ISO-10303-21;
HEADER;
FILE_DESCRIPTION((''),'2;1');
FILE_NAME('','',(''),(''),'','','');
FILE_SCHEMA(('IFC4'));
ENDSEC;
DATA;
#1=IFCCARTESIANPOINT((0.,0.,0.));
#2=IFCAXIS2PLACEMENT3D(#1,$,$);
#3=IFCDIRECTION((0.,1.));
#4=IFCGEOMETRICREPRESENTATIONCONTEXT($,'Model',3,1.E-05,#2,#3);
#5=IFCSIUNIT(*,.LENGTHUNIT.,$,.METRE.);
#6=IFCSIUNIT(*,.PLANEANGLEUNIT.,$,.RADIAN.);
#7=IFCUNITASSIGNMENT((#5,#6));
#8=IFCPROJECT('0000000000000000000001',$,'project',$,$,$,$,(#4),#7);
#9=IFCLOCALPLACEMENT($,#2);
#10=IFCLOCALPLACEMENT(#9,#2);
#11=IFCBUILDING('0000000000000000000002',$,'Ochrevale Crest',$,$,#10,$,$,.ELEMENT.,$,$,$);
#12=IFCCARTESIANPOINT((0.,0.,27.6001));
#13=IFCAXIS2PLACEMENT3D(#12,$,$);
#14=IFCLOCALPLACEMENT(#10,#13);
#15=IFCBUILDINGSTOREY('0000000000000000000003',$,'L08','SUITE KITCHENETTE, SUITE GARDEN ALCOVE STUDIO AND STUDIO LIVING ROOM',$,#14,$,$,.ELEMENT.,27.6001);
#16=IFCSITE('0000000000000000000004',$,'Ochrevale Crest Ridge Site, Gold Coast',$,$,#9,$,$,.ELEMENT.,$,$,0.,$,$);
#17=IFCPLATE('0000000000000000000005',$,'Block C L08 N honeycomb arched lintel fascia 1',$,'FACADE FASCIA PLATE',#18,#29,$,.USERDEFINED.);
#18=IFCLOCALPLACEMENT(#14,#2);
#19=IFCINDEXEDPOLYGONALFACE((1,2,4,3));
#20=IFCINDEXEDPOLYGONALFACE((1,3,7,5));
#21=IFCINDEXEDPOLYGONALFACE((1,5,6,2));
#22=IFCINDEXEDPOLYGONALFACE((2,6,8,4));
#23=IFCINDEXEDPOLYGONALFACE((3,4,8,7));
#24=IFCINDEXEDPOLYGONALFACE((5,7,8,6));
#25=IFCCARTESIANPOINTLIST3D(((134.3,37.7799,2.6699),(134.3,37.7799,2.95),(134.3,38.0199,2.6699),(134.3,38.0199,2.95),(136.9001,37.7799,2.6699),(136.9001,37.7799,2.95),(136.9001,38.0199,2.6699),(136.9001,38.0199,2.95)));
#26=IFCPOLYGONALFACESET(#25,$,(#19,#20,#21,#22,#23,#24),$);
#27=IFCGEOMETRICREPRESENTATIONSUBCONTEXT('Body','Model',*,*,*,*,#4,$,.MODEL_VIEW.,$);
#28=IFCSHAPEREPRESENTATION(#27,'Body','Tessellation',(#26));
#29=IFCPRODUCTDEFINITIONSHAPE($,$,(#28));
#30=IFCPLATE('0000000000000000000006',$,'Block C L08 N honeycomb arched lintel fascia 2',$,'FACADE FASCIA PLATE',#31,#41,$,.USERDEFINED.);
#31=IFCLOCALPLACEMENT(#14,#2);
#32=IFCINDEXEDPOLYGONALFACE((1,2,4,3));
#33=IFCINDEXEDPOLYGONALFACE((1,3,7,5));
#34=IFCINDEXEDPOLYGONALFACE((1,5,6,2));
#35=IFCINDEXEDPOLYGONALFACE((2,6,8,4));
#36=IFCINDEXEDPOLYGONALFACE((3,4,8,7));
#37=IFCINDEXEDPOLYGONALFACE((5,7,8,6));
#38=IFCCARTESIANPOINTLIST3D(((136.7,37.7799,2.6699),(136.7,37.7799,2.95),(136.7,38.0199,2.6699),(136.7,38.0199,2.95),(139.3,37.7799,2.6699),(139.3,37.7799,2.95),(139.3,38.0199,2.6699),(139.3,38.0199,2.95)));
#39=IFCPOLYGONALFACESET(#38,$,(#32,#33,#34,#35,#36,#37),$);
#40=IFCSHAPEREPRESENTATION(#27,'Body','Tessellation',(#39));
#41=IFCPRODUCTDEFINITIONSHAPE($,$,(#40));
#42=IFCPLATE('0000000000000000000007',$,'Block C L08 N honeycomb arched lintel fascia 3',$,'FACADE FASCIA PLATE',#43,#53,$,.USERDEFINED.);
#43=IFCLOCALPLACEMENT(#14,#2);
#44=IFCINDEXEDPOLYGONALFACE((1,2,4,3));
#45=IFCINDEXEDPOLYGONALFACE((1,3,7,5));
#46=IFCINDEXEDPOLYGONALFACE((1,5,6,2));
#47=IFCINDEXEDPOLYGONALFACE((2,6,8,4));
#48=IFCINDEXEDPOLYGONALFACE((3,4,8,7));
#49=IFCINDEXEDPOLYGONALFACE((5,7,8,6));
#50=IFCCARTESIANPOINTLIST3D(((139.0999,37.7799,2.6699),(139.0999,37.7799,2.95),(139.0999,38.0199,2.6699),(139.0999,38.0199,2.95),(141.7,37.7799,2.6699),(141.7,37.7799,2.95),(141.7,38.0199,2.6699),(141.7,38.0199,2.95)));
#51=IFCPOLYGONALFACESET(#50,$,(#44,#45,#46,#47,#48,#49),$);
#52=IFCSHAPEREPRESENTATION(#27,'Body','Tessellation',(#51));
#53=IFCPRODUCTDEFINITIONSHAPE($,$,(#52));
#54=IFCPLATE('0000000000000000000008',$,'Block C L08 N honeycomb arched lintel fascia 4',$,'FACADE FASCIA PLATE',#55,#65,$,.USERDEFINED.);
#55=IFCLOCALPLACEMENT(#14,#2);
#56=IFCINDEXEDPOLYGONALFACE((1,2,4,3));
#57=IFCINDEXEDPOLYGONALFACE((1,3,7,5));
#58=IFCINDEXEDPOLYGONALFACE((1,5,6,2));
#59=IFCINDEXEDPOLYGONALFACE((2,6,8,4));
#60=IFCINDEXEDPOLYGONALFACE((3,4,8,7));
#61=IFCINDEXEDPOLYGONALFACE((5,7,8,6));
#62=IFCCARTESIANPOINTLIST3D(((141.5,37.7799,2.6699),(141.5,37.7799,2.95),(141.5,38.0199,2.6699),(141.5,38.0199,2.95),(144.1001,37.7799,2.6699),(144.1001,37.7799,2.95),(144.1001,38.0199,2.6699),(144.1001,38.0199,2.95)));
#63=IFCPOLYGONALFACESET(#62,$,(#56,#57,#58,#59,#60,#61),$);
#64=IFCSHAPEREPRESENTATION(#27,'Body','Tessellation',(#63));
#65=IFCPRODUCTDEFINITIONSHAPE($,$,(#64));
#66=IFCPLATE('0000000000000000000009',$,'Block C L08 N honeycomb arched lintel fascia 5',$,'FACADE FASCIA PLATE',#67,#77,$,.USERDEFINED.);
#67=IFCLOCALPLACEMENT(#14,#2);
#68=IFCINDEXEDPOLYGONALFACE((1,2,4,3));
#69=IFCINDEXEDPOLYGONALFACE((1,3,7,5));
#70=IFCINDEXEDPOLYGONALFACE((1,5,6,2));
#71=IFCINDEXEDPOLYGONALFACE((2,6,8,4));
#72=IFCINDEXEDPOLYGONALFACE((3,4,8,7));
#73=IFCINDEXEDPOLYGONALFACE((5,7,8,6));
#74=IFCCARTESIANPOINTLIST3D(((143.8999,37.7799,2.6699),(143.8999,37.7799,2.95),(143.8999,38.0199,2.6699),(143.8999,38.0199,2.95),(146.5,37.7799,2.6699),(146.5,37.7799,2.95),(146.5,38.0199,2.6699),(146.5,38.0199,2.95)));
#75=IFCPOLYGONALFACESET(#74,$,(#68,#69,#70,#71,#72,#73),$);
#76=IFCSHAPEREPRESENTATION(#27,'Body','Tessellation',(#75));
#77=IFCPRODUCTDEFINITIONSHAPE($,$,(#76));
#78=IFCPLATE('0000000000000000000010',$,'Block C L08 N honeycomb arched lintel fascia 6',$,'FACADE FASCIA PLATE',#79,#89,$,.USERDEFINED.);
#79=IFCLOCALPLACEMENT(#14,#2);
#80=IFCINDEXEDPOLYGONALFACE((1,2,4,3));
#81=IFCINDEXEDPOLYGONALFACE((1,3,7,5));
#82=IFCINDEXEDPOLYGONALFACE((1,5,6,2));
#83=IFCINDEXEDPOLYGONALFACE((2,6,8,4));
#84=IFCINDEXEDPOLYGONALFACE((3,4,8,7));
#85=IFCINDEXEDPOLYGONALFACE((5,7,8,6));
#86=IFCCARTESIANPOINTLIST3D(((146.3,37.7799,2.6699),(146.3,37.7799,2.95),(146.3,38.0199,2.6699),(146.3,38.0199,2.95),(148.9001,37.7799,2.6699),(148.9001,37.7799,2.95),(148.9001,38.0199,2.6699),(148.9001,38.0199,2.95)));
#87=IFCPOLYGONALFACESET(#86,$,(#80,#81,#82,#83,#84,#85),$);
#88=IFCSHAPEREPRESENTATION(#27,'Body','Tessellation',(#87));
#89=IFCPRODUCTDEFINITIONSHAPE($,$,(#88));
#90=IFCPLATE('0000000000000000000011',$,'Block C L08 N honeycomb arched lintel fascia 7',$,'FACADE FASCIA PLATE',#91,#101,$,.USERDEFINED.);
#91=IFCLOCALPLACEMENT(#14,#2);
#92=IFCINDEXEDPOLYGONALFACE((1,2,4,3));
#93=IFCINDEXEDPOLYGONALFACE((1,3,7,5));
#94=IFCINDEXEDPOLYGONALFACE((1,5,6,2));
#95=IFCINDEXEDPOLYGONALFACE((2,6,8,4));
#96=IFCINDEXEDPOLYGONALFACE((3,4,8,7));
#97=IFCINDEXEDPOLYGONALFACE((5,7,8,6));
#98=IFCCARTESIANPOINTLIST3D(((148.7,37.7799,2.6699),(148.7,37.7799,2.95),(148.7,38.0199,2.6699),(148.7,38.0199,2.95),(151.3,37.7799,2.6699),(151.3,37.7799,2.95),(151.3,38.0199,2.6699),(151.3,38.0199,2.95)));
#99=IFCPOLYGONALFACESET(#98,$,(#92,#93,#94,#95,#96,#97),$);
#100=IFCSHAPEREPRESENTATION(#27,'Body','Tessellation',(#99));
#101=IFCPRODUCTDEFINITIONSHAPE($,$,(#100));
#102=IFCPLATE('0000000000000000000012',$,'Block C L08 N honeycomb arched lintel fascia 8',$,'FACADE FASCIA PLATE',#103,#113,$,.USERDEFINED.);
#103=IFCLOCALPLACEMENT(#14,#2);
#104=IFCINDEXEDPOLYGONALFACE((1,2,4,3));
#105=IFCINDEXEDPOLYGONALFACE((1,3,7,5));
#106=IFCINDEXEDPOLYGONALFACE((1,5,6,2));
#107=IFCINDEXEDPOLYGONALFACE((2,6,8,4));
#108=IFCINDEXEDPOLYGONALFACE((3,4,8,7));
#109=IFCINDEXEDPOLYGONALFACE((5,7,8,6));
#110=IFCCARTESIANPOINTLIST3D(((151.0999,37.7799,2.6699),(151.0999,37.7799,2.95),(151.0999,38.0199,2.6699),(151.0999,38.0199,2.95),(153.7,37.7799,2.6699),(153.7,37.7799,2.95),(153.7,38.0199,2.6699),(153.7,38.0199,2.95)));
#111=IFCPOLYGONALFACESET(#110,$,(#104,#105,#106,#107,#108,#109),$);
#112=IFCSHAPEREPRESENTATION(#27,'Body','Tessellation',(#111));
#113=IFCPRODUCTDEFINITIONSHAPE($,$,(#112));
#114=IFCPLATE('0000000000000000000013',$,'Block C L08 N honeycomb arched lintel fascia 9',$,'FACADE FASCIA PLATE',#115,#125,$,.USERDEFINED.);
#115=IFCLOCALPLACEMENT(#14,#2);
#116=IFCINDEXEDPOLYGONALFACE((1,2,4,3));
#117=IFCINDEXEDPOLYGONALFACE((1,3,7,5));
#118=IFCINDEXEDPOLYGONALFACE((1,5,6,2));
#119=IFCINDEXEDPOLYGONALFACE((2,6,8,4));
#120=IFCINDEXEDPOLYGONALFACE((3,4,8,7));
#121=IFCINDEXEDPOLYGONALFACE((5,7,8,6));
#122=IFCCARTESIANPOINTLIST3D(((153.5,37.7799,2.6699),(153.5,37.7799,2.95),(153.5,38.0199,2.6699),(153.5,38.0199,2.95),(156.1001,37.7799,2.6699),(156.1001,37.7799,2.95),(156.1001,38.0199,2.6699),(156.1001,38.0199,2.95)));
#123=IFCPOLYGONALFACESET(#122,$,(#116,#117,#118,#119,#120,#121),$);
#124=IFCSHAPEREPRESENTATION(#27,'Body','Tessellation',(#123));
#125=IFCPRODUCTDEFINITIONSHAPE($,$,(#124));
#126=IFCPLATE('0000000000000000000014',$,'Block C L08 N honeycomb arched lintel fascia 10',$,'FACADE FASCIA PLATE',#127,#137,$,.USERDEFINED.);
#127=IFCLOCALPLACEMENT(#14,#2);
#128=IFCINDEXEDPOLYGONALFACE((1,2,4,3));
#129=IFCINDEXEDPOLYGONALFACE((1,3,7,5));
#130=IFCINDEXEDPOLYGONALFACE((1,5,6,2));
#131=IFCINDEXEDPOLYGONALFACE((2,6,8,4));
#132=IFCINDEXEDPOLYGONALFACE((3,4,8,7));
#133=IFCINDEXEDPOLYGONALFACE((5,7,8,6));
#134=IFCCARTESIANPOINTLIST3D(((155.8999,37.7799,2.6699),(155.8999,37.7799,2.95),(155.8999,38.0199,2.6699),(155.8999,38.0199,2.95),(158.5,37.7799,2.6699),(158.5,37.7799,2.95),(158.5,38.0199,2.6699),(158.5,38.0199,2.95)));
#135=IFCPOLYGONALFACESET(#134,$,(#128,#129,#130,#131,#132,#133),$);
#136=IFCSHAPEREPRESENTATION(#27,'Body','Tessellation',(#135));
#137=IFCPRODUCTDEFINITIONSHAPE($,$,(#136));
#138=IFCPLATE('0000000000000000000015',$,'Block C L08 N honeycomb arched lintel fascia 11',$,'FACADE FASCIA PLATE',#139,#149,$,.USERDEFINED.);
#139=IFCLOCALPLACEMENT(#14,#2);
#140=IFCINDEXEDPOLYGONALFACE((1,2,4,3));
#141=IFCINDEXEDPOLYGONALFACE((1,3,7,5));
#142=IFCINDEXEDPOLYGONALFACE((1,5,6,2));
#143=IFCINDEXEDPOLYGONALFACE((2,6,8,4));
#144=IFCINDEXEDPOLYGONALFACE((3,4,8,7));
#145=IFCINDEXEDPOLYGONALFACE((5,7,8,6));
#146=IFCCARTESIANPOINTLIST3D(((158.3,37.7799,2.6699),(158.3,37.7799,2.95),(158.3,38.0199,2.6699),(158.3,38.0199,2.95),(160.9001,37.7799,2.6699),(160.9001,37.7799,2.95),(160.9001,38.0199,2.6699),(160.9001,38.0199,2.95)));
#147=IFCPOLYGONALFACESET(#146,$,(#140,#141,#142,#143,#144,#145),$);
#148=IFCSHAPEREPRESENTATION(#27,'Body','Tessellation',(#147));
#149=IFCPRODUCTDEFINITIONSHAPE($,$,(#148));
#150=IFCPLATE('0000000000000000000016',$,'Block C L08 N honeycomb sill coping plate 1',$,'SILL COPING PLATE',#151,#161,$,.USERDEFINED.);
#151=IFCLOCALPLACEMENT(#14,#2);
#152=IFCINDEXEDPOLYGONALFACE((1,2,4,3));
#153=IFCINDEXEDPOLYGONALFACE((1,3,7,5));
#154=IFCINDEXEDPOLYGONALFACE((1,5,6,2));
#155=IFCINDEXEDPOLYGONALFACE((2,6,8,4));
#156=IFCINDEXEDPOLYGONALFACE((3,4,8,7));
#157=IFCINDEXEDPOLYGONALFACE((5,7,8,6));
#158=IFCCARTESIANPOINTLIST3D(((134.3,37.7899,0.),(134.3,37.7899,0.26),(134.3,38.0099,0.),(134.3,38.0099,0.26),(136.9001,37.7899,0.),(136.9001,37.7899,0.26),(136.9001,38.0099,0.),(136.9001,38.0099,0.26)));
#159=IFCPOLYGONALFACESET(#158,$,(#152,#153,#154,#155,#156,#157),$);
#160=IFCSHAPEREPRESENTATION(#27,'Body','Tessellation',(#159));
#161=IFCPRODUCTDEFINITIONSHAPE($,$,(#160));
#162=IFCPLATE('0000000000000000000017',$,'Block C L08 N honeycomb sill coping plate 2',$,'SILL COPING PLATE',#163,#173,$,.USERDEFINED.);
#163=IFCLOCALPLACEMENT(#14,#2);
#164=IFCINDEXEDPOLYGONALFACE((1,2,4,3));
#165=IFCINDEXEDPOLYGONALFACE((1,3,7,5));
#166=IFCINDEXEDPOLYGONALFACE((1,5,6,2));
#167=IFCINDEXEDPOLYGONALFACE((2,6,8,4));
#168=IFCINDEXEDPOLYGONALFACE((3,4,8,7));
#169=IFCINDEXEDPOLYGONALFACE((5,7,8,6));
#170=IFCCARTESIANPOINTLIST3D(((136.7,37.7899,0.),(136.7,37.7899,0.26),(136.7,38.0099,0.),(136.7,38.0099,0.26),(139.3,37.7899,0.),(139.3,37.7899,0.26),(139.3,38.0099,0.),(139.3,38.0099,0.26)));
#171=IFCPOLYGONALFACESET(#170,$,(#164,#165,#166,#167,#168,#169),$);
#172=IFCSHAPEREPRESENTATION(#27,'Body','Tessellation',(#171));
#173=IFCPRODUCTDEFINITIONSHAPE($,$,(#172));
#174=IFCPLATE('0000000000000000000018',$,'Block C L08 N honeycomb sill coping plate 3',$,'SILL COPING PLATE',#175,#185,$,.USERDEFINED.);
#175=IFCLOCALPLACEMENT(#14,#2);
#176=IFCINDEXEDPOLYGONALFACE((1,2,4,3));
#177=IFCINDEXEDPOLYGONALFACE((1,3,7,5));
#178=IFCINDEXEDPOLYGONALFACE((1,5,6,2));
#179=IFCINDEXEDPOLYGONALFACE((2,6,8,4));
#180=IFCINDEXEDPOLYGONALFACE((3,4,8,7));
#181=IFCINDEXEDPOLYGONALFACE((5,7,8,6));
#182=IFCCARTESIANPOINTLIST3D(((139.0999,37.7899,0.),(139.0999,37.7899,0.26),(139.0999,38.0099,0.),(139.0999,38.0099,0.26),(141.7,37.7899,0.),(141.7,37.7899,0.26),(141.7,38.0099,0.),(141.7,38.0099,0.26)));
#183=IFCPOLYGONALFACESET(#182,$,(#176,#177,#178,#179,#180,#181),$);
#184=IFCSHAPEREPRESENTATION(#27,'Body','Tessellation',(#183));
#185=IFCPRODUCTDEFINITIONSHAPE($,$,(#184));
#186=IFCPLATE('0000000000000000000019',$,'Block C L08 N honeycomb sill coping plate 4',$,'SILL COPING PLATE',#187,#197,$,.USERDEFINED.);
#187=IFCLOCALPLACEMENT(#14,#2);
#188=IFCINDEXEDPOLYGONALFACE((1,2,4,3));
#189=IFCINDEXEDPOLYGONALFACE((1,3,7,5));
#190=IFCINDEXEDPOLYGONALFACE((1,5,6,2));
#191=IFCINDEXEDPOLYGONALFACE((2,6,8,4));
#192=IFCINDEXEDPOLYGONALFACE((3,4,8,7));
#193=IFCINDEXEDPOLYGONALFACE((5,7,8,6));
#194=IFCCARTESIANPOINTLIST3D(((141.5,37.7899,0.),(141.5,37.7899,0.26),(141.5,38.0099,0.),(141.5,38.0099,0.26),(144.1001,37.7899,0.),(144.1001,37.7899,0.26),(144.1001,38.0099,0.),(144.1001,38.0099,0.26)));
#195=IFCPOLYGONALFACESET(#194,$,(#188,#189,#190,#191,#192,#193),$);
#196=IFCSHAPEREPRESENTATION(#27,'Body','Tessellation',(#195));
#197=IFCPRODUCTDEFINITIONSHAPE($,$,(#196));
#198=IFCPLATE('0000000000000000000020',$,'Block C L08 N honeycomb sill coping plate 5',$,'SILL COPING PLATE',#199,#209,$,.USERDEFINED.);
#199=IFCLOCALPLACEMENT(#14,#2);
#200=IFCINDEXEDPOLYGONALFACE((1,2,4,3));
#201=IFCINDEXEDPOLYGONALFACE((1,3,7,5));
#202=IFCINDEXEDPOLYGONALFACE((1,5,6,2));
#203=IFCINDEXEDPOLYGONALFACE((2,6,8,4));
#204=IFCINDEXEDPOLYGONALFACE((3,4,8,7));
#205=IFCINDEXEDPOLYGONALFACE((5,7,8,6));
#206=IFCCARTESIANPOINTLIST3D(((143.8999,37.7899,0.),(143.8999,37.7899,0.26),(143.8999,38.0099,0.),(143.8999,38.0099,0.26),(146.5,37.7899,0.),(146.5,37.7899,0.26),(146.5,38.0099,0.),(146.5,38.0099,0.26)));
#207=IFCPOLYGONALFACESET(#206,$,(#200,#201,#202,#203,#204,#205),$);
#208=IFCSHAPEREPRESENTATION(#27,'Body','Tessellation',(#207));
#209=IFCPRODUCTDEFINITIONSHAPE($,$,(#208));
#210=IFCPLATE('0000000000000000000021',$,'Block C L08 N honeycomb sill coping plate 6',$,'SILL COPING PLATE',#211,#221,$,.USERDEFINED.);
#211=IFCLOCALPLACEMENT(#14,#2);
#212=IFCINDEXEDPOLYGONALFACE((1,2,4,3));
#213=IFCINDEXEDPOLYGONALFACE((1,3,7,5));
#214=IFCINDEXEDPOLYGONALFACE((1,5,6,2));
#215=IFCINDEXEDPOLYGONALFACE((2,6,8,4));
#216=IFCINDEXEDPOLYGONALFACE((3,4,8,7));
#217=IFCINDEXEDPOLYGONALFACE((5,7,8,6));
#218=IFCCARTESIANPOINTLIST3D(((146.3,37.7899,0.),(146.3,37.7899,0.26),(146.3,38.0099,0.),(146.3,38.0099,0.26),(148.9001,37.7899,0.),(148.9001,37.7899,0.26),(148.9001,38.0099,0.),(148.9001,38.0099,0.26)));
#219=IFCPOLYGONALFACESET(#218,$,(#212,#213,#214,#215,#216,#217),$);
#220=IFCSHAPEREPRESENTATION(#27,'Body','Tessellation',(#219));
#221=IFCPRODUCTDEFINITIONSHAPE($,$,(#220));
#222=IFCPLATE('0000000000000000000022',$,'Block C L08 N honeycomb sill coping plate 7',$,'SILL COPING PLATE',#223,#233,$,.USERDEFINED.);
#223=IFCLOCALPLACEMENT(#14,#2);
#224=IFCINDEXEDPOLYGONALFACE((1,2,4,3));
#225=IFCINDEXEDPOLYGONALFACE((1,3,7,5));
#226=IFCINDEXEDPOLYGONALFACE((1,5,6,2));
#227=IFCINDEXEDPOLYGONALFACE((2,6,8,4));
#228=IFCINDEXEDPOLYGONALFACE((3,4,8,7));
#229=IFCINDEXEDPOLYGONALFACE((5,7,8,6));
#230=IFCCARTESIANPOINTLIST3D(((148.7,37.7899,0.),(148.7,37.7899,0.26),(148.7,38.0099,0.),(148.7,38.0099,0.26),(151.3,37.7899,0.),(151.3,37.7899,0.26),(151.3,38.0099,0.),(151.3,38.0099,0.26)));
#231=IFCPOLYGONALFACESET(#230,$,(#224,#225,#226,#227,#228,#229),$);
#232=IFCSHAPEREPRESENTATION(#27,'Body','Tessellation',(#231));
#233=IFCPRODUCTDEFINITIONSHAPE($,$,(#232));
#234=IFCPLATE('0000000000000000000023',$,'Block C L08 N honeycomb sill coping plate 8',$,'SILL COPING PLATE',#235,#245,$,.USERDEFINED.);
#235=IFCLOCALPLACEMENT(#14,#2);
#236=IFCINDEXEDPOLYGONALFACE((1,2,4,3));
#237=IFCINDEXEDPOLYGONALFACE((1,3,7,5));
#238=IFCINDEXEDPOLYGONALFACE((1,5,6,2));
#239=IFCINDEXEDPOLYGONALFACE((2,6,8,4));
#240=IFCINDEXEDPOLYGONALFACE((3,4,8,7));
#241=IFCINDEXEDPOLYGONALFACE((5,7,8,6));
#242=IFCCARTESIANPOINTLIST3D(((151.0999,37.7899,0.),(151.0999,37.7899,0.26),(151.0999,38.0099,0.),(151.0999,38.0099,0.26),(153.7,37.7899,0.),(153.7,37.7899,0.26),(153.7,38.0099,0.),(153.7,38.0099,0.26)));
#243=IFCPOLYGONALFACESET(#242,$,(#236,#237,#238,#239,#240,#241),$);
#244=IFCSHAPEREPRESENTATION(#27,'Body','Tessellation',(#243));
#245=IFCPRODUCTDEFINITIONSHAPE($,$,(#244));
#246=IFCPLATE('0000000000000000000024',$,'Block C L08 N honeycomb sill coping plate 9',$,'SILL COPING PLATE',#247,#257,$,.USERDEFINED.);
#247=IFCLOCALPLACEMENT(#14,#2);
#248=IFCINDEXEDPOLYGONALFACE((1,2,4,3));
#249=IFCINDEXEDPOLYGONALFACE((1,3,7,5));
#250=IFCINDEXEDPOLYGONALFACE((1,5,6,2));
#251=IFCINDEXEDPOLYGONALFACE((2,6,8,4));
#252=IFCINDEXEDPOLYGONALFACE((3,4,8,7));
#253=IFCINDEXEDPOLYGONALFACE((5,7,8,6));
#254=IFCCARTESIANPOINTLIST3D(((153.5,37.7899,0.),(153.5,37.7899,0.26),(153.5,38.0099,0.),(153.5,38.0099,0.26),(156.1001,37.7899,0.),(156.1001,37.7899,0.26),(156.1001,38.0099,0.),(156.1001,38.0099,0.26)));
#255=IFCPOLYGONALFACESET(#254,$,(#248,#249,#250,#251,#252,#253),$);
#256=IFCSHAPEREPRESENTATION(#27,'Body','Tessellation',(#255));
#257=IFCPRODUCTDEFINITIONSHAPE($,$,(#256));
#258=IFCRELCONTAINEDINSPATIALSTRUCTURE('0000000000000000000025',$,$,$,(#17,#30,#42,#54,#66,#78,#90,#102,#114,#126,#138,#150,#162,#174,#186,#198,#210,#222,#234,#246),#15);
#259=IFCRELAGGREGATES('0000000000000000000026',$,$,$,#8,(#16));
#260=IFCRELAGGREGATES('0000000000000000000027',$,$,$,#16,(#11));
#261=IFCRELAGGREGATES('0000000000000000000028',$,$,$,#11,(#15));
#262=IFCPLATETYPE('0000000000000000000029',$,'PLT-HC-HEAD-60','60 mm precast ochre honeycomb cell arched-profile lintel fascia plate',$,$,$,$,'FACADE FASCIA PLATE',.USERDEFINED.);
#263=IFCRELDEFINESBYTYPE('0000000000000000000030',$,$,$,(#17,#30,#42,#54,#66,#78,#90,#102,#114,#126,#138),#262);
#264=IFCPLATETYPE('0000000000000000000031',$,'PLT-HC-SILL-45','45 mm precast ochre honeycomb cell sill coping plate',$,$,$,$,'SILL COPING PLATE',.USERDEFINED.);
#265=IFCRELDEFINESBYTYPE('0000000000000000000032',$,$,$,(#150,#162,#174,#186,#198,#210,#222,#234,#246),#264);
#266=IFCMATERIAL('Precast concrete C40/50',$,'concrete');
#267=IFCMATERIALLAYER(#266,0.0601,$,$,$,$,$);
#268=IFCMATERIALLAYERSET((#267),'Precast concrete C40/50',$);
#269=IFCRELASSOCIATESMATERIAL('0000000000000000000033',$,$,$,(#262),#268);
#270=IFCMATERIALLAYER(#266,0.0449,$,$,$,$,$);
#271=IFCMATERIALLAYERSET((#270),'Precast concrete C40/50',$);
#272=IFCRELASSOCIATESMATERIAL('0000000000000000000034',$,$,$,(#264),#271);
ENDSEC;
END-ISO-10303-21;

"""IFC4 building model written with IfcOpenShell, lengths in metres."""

from ifc_helpers import new_model, si_unit, direction, frame, origin, origin_2d, place, context, subcontext, project, spatial, rectangle, extrude, material, layer, layer_set, type_object, element, save


model = new_model("IFC4")

# Units and contexts
model_context = context("Model", 3, precision=1e-05, world=origin(), true_north=direction((0.0, 1.0)))
body_context = subcontext(model_context, "Body", "Model", "MODEL_VIEW")
ifc_project = project(units=[si_unit("LENGTHUNIT", "METRE"), si_unit("PLANEANGLEUNIT", "RADIAN")], contexts=[model_context])

# Site, building, storey
site_placement = place(None, origin())
site = spatial("IfcSite", under=ifc_project, at=site_placement, Name="Ochrevale Crest Ridge Site, Gold Coast", CompositionType="ELEMENT", RefElevation=0.0)
building_placement = place(site_placement, origin())
building = spatial("IfcBuilding", under=site, at=building_placement, Name="Ochrevale Crest", CompositionType="ELEMENT")
storey_placement = place(building_placement, frame((0.0, 0.0, 27.6001)))
storey = spatial("IfcBuildingStorey", under=building, at=storey_placement, Name="L08", Description="SUITE KITCHENETTE, SUITE GARDEN ALCOVE STUDIO AND STUDIO LIVING ROOM", CompositionType="ELEMENT", Elevation=27.6001)

# Plates
ifc_material_1 = material(Name="Precast concrete C40/50", Category="concrete")
ifc_layer_1 = layer(ifc_material_1, 0.0601)
ifc_layer_set_1 = layer_set([ifc_layer_1], Name="Precast concrete C40/50")
plate_type_1 = type_object("IfcPlateType", Name="PLT-HC-HEAD-60", Description="60 mm precast ochre honeycomb cell arched-profile lintel fascia plate", ElementType="FACADE FASCIA PLATE", PredefinedType="USERDEFINED", material=ifc_layer_set_1)
for number, where, z_axis, x_axis, name in (
    (1, (135.6001, 37.8999, 2.6699), (0.0, 0.0, 1.0), (1.0, 0.0, 0.0), "Block C L08 N honeycomb arched lintel fascia 1"),
    (2, (138.0, 37.8999, 2.6699), (0.0, 0.0, 1.0), (1.0, 0.0, 0.0), "Block C L08 N honeycomb arched lintel fascia 2"),
    (3, (140.3999, 37.8999, 2.6699), (0.0, 0.0, 1.0), (1.0, 0.0, 0.0), "Block C L08 N honeycomb arched lintel fascia 3"),
    (4, (142.8, 37.8999, 2.6699), (0.0, 0.0, 1.0), (1.0, 0.0, 0.0), "Block C L08 N honeycomb arched lintel fascia 4"),
    (5, (145.2, 37.8999, 2.6699), (0.0, 0.0, 1.0), (1.0, 0.0, 0.0), "Block C L08 N honeycomb arched lintel fascia 5"),
    (6, (147.6001, 37.8999, 2.6699), (0.0, 0.0, 1.0), (1.0, 0.0, 0.0), "Block C L08 N honeycomb arched lintel fascia 6"),
    (7, (150.0, 37.8999, 2.6699), (0.0, 0.0, 1.0), (1.0, 0.0, 0.0), "Block C L08 N honeycomb arched lintel fascia 7"),
    (8, (152.3999, 37.8999, 2.6699), (0.0, 0.0, 1.0), (1.0, 0.0, 0.0), "Block C L08 N honeycomb arched lintel fascia 8"),
    (9, (154.8, 37.8999, 2.6699), (0.0, 0.0, 1.0), (1.0, 0.0, 0.0), "Block C L08 N honeycomb arched lintel fascia 9"),
    (10, (157.2, 37.8999, 2.6699), (0.0, 0.0, 1.0), (1.0, 0.0, 0.0), "Block C L08 N honeycomb arched lintel fascia 10"),
    (11, (159.6001, 37.8999, 2.6699), (0.0, 0.0, 1.0), (1.0, 0.0, 0.0), "Block C L08 N honeycomb arched lintel fascia 11"),
):
    element("IfcPlate", number, at=place(storey_placement, frame(where, z_axis=z_axis, x_axis=x_axis)), inside=storey, type_object=plate_type_1, Name=name, ObjectType="FACADE FASCIA PLATE", PredefinedType="USERDEFINED", context=body_context, shape_type="SweptSolid", body=[
        extrude(rectangle(XDim=2.6001, YDim=0.24, at=origin_2d()), origin(), (0.0, 0.0, 1.0), 0.28),
    ])
ifc_layer_2 = layer(ifc_material_1, 0.0449)
ifc_layer_set_2 = layer_set([ifc_layer_2], Name="Precast concrete C40/50")
plate_type_2 = type_object("IfcPlateType", Name="PLT-HC-SILL-45", Description="45 mm precast ochre honeycomb cell sill coping plate", ElementType="SILL COPING PLATE", PredefinedType="USERDEFINED", material=ifc_layer_set_2)
for number, where, z_axis, x_axis, name in (
    (12, (135.6001, 37.8999, 0.0), (0.0, 0.0, 1.0), (1.0, 0.0, 0.0), "Block C L08 N honeycomb sill coping plate 1"),
    (13, (138.0, 37.8999, 0.0), (0.0, 0.0, 1.0), (1.0, 0.0, 0.0), "Block C L08 N honeycomb sill coping plate 2"),
    (14, (140.3999, 37.8999, 0.0), (0.0, 0.0, 1.0), (1.0, 0.0, 0.0), "Block C L08 N honeycomb sill coping plate 3"),
    (15, (142.8, 37.8999, 0.0), (0.0, 0.0, 1.0), (1.0, 0.0, 0.0), "Block C L08 N honeycomb sill coping plate 4"),
    (16, (145.2, 37.8999, 0.0), (0.0, 0.0, 1.0), (1.0, 0.0, 0.0), "Block C L08 N honeycomb sill coping plate 5"),
    (17, (147.6001, 37.8999, 0.0), (0.0, 0.0, 1.0), (1.0, 0.0, 0.0), "Block C L08 N honeycomb sill coping plate 6"),
    (18, (150.0, 37.8999, 0.0), (0.0, 0.0, 1.0), (1.0, 0.0, 0.0), "Block C L08 N honeycomb sill coping plate 7"),
    (19, (152.3999, 37.8999, 0.0), (0.0, 0.0, 1.0), (1.0, 0.0, 0.0), "Block C L08 N honeycomb sill coping plate 8"),
    (20, (154.8, 37.8999, 0.0), (0.0, 0.0, 1.0), (1.0, 0.0, 0.0), "Block C L08 N honeycomb sill coping plate 9"),
):
    element("IfcPlate", number, at=place(storey_placement, frame(where, z_axis=z_axis, x_axis=x_axis)), inside=storey, type_object=plate_type_2, Name=name, ObjectType="SILL COPING PLATE", PredefinedType="USERDEFINED", context=body_context, shape_type="SweptSolid", body=[
        extrude(rectangle(XDim=2.6001, YDim=0.22, at=origin_2d()), origin(), (0.0, 0.0, 1.0), 0.26),
    ])

save(model, "model.ifc")
